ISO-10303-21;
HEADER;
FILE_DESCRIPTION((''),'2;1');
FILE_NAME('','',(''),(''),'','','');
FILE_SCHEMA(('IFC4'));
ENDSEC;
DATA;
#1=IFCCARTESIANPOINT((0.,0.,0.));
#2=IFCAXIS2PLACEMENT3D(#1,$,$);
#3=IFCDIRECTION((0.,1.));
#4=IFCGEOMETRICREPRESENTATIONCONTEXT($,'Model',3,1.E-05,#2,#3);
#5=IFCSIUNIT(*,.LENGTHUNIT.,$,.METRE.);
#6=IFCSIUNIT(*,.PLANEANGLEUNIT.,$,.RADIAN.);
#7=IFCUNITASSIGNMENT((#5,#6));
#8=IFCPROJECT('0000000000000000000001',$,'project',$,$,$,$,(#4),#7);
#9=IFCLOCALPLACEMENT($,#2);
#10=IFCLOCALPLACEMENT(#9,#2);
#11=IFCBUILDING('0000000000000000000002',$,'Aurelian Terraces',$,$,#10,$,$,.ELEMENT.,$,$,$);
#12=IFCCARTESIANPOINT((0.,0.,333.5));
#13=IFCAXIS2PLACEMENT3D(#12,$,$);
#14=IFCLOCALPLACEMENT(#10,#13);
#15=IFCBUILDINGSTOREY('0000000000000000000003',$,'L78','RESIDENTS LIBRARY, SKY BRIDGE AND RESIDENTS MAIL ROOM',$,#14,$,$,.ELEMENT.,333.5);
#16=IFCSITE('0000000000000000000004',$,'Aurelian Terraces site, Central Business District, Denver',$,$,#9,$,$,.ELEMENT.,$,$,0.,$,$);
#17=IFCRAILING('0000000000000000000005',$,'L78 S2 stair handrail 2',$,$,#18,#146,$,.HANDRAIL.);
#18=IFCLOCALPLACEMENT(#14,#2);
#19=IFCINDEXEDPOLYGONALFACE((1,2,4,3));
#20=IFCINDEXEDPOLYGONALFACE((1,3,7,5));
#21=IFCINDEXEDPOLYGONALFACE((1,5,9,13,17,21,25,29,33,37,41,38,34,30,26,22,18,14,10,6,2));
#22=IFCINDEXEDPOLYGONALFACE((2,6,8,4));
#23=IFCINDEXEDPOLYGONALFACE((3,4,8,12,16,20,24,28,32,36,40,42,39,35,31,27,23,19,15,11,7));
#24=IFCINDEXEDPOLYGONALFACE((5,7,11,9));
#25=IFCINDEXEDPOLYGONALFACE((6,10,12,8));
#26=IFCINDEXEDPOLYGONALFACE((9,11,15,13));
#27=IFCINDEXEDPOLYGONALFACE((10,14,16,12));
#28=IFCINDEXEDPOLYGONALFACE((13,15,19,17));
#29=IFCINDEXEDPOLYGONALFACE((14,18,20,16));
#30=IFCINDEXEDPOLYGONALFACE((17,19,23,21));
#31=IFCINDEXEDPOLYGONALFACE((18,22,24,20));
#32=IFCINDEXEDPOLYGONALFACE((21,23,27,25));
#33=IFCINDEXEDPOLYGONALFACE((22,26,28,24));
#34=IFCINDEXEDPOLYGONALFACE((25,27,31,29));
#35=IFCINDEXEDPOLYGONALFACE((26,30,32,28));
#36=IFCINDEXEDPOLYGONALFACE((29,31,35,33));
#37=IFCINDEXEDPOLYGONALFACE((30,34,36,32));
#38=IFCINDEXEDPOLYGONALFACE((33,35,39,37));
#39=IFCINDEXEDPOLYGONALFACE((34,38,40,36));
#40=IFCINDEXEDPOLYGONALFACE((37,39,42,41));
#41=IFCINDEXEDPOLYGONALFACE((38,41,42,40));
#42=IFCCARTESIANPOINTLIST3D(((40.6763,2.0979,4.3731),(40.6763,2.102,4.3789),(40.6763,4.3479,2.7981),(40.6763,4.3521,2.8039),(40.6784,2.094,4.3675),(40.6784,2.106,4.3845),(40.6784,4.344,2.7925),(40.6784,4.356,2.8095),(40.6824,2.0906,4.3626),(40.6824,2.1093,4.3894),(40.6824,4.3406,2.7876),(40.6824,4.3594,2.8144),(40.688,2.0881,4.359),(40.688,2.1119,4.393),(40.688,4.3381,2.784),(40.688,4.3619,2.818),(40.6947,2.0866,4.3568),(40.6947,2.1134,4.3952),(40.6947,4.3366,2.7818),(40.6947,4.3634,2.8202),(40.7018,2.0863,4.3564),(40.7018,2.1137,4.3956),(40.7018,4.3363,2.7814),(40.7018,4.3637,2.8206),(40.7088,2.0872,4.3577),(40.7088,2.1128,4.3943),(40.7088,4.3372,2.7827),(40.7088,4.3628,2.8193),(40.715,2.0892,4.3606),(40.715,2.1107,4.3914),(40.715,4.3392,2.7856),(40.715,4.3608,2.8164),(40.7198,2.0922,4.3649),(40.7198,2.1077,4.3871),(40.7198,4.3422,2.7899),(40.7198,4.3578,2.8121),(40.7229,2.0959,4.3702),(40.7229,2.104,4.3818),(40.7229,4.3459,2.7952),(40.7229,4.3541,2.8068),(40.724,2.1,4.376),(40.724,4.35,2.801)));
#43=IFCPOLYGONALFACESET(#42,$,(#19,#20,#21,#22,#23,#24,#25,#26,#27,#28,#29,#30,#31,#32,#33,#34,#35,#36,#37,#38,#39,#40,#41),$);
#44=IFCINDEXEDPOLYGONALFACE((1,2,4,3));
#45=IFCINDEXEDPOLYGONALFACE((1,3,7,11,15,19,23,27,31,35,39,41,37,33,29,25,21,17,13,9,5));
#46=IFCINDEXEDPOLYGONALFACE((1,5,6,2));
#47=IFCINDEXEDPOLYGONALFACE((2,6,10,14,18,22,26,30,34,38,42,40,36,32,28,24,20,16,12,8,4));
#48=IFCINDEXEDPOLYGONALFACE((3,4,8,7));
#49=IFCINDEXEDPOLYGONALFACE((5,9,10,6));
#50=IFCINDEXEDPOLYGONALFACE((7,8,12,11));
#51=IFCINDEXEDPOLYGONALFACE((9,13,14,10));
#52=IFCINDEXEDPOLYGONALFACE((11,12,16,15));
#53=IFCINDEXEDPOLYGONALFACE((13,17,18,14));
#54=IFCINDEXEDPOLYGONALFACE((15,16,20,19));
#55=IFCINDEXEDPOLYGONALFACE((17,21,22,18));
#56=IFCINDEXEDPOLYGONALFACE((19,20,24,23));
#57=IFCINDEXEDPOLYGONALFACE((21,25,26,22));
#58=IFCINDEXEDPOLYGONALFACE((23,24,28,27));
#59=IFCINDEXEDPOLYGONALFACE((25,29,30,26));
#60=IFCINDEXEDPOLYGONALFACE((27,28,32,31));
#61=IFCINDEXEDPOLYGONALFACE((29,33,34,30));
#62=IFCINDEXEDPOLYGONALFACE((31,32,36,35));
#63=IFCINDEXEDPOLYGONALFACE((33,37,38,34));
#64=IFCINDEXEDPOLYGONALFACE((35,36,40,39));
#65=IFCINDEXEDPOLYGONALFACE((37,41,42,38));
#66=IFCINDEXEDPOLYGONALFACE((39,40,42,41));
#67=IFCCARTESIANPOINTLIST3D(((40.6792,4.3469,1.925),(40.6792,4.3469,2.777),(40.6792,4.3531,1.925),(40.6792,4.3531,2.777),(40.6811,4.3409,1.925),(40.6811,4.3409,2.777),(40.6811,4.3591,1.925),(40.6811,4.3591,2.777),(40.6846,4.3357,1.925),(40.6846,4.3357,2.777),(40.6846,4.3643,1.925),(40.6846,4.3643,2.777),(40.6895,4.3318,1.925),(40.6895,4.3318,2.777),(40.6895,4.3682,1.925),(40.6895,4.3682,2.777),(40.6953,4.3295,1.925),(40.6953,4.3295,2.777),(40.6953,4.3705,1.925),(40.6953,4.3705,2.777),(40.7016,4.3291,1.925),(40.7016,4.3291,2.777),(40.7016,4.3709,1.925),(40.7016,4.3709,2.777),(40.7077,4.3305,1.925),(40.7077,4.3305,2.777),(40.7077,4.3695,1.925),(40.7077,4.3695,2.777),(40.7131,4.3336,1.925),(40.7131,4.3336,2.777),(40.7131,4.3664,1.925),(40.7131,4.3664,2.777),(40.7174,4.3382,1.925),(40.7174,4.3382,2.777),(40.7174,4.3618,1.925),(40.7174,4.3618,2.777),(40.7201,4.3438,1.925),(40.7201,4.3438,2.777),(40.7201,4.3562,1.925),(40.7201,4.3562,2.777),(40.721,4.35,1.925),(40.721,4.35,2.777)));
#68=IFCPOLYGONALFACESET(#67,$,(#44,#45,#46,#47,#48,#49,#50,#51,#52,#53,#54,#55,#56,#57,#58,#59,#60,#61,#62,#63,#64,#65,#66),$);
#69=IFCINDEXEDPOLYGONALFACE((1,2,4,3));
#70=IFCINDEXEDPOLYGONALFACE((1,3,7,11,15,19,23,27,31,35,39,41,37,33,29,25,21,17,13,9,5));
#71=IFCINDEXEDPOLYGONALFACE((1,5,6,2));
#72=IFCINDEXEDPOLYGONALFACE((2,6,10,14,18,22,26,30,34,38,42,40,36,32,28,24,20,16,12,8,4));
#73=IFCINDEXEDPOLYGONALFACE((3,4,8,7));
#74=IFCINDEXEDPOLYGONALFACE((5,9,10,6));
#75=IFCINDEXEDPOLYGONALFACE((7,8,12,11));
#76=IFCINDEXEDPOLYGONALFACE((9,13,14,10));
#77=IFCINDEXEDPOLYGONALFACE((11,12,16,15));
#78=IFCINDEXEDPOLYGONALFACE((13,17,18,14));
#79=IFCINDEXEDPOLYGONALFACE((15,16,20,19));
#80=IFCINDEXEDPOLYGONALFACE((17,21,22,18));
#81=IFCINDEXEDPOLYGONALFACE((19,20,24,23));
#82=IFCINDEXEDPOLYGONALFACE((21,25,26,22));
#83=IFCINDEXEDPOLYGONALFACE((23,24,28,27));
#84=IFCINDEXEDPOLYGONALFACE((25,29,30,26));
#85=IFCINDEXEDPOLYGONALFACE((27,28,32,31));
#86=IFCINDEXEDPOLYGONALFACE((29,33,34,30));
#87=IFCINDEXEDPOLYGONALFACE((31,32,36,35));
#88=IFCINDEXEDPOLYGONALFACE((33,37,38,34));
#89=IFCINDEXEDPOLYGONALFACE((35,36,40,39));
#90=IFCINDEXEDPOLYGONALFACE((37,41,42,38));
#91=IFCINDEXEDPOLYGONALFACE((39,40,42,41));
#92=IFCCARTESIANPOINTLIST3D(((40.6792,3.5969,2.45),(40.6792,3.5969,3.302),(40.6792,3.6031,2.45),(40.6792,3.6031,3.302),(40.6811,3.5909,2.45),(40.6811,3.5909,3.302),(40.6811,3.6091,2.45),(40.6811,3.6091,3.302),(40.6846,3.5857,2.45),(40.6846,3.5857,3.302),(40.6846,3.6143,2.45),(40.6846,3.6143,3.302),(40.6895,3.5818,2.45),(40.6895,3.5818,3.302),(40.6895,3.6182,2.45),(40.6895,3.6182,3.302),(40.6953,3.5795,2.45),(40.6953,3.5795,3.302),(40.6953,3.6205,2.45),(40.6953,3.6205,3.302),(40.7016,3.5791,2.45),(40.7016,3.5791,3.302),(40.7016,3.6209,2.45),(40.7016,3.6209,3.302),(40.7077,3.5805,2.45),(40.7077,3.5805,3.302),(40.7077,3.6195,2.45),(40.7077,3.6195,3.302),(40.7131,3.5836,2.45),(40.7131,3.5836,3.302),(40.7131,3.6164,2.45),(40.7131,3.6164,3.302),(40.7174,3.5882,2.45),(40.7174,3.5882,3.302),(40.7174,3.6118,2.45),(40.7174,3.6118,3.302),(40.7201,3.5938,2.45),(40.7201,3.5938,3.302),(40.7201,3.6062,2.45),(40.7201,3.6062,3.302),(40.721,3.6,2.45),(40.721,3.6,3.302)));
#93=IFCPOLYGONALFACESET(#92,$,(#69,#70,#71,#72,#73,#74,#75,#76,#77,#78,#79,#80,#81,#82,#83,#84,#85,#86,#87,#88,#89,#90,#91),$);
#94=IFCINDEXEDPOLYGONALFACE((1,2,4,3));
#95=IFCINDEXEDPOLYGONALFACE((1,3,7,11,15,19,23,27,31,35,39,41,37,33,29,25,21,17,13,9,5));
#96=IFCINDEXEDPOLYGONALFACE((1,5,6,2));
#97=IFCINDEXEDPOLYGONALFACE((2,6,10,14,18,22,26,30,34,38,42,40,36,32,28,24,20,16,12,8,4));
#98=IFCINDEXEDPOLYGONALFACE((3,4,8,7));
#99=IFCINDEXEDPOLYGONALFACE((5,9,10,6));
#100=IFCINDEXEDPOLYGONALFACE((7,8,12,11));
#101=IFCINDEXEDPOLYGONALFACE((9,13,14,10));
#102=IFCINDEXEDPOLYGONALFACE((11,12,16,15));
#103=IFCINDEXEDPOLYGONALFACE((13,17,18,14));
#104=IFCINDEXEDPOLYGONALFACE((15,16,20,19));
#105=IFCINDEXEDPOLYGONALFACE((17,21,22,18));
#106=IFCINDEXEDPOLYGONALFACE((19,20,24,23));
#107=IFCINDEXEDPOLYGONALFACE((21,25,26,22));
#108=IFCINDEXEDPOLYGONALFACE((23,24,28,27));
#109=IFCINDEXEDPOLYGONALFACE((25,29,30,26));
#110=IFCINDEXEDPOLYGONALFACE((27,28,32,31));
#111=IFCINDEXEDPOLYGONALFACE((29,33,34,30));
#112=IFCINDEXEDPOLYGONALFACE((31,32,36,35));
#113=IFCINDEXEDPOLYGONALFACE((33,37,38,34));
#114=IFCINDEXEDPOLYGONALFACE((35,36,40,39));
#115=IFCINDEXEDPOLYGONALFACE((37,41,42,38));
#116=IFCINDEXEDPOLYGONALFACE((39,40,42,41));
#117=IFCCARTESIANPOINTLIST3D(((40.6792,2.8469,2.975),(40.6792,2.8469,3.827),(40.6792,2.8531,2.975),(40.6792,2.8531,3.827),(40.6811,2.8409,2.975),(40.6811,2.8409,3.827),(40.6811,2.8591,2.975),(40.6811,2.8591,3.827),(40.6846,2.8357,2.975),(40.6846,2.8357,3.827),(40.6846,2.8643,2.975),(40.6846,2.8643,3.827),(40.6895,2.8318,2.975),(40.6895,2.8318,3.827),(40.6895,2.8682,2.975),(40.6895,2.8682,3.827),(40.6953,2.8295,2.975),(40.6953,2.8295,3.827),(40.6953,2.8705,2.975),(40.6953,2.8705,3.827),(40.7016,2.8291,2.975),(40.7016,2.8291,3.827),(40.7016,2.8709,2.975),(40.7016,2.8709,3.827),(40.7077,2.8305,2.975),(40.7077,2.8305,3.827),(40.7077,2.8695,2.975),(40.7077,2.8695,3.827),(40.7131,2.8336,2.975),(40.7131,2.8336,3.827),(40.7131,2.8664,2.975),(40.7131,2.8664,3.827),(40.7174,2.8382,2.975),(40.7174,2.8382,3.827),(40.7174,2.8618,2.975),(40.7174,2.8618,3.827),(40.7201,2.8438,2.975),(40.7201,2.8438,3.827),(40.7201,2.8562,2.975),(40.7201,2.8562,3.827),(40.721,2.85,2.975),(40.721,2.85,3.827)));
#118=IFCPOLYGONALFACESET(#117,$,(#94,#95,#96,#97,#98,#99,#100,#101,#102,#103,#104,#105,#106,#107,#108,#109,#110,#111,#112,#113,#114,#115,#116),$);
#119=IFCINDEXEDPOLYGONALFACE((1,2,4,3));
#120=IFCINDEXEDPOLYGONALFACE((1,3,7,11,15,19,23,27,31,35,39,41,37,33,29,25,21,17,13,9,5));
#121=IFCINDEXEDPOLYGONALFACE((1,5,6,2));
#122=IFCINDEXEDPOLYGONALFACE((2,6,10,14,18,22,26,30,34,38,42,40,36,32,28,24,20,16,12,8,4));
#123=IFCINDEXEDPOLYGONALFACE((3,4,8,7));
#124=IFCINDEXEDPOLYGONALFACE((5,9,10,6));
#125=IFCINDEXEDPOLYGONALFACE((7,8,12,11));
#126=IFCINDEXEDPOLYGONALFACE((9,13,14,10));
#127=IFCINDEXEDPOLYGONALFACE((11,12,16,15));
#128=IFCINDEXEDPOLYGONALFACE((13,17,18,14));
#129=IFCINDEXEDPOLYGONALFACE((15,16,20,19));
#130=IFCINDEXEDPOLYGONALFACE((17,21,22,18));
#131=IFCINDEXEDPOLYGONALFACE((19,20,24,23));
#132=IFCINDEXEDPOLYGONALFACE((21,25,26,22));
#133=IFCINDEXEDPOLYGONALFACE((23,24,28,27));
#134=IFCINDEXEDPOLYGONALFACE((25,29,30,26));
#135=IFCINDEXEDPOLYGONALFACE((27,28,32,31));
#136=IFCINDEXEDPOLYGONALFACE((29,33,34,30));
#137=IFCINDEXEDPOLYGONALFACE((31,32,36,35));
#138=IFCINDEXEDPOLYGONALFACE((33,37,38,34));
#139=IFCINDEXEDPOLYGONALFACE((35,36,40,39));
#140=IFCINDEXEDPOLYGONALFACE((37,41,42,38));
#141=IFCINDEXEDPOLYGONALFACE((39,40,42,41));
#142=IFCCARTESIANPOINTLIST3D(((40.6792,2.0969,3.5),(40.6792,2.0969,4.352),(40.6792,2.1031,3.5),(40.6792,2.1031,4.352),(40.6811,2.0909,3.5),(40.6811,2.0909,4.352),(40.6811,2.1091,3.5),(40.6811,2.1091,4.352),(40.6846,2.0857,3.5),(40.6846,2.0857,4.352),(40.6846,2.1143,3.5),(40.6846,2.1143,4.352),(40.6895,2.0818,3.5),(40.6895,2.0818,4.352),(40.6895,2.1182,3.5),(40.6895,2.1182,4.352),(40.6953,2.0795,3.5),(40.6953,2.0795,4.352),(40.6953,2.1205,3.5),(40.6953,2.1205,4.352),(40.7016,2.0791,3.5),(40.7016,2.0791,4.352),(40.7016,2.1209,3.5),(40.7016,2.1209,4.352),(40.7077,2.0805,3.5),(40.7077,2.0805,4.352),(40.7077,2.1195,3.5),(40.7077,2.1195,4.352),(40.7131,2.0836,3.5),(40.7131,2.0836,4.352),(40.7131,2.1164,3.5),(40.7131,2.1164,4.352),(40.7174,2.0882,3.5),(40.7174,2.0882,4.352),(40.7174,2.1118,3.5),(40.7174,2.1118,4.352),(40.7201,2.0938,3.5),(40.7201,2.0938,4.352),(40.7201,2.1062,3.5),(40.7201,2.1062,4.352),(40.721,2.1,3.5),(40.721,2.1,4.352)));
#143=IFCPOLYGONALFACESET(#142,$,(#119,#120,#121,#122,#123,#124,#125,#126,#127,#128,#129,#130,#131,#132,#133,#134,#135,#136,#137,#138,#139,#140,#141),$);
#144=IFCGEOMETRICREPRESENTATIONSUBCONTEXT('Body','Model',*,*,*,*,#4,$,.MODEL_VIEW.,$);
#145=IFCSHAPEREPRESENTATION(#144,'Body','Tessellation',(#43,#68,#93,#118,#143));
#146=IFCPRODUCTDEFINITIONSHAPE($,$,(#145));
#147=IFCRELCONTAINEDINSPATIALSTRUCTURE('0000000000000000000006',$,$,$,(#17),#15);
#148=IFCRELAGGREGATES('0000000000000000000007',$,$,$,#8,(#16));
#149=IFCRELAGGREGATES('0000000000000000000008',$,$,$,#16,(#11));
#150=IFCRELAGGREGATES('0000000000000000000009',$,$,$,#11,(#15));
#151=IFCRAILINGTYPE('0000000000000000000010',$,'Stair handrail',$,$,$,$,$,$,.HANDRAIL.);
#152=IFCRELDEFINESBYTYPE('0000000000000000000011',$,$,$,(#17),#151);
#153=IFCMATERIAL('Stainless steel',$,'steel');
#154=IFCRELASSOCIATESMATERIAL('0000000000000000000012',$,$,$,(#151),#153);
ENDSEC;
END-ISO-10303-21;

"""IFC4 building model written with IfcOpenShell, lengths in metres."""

from ifc_helpers import new_model, si_unit, direction, frame, origin, origin_2d, place, context, subcontext, project, spatial, circle, extrude, source, transform, mapped, material, type_object, element, save


model = new_model("IFC4")

# Units and contexts
model_context = context("Model", 3, precision=1e-05, world=origin(), true_north=direction((0.0, 1.0)))
body_context = subcontext(model_context, "Body", "Model", "MODEL_VIEW")
ifc_project = project(units=[si_unit("LENGTHUNIT", "METRE"), si_unit("PLANEANGLEUNIT", "RADIAN")], contexts=[model_context])

# Site, building, storey
site_placement = place(None, origin())
site = spatial("IfcSite", under=ifc_project, at=site_placement, Name="Aurelian Terraces site, Central Business District, Denver", CompositionType="ELEMENT", RefElevation=0.0)
building_placement = place(site_placement, origin())
building = spatial("IfcBuilding", under=site, at=building_placement, Name="Aurelian Terraces", CompositionType="ELEMENT")
storey_placement = place(building_placement, frame((0.0, 0.0, 333.5)))
storey = spatial("IfcBuildingStorey", under=building, at=storey_placement, Name="L78", Description="RESIDENTS LIBRARY, SKY BRIDGE AND RESIDENTS MAIL ROOM", CompositionType="ELEMENT", Elevation=333.5)

# Railing
ifc_material_1 = material(Name="Stainless steel", Category="steel")
railing_type_1 = type_object("IfcRailingType", Name="Stair handrail", PredefinedType="HANDRAIL", material=ifc_material_1)
shared_shape_1 = source(origin(), body_context, "Body", "SweptSolid", [
    extrude(circle(Radius=0.024, at=origin_2d()), frame((0.0, 0.0, 0.876), z_axis=(0.0, -0.819232, 0.573462), x_axis=(1.0, 0.0, 0.0)), (0.0, 0.0, 1.0), 2.7465),
    extrude(circle(Radius=0.021, at=origin_2d()), origin(), (0.0, 0.0, 1.0), 0.852),
    extrude(circle(Radius=0.021, at=origin_2d()), frame((0.0, -0.75, 0.525)), (0.0, 0.0, 1.0), 0.852),
    extrude(circle(Radius=0.021, at=origin_2d()), frame((0.0, -1.5, 1.05)), (0.0, 0.0, 1.0), 0.852),
    extrude(circle(Radius=0.021, at=origin_2d()), frame((0.0, -2.25, 1.575)), (0.0, 0.0, 1.0), 0.852),
])
railing_1_placement = place(storey_placement, frame((40.7, 4.35, 1.925)))
element("IfcRailing", 1, at=railing_1_placement, inside=storey, type_object=railing_type_1, Name="L78 S2 stair handrail 2", PredefinedType="HANDRAIL", context=body_context, shape_type="MappedRepresentation", body=[
    mapped(shared_shape_1, transform((0.0, 0.0, 0.0), scale=1.0)),
])

save(model, "model.ifc")
